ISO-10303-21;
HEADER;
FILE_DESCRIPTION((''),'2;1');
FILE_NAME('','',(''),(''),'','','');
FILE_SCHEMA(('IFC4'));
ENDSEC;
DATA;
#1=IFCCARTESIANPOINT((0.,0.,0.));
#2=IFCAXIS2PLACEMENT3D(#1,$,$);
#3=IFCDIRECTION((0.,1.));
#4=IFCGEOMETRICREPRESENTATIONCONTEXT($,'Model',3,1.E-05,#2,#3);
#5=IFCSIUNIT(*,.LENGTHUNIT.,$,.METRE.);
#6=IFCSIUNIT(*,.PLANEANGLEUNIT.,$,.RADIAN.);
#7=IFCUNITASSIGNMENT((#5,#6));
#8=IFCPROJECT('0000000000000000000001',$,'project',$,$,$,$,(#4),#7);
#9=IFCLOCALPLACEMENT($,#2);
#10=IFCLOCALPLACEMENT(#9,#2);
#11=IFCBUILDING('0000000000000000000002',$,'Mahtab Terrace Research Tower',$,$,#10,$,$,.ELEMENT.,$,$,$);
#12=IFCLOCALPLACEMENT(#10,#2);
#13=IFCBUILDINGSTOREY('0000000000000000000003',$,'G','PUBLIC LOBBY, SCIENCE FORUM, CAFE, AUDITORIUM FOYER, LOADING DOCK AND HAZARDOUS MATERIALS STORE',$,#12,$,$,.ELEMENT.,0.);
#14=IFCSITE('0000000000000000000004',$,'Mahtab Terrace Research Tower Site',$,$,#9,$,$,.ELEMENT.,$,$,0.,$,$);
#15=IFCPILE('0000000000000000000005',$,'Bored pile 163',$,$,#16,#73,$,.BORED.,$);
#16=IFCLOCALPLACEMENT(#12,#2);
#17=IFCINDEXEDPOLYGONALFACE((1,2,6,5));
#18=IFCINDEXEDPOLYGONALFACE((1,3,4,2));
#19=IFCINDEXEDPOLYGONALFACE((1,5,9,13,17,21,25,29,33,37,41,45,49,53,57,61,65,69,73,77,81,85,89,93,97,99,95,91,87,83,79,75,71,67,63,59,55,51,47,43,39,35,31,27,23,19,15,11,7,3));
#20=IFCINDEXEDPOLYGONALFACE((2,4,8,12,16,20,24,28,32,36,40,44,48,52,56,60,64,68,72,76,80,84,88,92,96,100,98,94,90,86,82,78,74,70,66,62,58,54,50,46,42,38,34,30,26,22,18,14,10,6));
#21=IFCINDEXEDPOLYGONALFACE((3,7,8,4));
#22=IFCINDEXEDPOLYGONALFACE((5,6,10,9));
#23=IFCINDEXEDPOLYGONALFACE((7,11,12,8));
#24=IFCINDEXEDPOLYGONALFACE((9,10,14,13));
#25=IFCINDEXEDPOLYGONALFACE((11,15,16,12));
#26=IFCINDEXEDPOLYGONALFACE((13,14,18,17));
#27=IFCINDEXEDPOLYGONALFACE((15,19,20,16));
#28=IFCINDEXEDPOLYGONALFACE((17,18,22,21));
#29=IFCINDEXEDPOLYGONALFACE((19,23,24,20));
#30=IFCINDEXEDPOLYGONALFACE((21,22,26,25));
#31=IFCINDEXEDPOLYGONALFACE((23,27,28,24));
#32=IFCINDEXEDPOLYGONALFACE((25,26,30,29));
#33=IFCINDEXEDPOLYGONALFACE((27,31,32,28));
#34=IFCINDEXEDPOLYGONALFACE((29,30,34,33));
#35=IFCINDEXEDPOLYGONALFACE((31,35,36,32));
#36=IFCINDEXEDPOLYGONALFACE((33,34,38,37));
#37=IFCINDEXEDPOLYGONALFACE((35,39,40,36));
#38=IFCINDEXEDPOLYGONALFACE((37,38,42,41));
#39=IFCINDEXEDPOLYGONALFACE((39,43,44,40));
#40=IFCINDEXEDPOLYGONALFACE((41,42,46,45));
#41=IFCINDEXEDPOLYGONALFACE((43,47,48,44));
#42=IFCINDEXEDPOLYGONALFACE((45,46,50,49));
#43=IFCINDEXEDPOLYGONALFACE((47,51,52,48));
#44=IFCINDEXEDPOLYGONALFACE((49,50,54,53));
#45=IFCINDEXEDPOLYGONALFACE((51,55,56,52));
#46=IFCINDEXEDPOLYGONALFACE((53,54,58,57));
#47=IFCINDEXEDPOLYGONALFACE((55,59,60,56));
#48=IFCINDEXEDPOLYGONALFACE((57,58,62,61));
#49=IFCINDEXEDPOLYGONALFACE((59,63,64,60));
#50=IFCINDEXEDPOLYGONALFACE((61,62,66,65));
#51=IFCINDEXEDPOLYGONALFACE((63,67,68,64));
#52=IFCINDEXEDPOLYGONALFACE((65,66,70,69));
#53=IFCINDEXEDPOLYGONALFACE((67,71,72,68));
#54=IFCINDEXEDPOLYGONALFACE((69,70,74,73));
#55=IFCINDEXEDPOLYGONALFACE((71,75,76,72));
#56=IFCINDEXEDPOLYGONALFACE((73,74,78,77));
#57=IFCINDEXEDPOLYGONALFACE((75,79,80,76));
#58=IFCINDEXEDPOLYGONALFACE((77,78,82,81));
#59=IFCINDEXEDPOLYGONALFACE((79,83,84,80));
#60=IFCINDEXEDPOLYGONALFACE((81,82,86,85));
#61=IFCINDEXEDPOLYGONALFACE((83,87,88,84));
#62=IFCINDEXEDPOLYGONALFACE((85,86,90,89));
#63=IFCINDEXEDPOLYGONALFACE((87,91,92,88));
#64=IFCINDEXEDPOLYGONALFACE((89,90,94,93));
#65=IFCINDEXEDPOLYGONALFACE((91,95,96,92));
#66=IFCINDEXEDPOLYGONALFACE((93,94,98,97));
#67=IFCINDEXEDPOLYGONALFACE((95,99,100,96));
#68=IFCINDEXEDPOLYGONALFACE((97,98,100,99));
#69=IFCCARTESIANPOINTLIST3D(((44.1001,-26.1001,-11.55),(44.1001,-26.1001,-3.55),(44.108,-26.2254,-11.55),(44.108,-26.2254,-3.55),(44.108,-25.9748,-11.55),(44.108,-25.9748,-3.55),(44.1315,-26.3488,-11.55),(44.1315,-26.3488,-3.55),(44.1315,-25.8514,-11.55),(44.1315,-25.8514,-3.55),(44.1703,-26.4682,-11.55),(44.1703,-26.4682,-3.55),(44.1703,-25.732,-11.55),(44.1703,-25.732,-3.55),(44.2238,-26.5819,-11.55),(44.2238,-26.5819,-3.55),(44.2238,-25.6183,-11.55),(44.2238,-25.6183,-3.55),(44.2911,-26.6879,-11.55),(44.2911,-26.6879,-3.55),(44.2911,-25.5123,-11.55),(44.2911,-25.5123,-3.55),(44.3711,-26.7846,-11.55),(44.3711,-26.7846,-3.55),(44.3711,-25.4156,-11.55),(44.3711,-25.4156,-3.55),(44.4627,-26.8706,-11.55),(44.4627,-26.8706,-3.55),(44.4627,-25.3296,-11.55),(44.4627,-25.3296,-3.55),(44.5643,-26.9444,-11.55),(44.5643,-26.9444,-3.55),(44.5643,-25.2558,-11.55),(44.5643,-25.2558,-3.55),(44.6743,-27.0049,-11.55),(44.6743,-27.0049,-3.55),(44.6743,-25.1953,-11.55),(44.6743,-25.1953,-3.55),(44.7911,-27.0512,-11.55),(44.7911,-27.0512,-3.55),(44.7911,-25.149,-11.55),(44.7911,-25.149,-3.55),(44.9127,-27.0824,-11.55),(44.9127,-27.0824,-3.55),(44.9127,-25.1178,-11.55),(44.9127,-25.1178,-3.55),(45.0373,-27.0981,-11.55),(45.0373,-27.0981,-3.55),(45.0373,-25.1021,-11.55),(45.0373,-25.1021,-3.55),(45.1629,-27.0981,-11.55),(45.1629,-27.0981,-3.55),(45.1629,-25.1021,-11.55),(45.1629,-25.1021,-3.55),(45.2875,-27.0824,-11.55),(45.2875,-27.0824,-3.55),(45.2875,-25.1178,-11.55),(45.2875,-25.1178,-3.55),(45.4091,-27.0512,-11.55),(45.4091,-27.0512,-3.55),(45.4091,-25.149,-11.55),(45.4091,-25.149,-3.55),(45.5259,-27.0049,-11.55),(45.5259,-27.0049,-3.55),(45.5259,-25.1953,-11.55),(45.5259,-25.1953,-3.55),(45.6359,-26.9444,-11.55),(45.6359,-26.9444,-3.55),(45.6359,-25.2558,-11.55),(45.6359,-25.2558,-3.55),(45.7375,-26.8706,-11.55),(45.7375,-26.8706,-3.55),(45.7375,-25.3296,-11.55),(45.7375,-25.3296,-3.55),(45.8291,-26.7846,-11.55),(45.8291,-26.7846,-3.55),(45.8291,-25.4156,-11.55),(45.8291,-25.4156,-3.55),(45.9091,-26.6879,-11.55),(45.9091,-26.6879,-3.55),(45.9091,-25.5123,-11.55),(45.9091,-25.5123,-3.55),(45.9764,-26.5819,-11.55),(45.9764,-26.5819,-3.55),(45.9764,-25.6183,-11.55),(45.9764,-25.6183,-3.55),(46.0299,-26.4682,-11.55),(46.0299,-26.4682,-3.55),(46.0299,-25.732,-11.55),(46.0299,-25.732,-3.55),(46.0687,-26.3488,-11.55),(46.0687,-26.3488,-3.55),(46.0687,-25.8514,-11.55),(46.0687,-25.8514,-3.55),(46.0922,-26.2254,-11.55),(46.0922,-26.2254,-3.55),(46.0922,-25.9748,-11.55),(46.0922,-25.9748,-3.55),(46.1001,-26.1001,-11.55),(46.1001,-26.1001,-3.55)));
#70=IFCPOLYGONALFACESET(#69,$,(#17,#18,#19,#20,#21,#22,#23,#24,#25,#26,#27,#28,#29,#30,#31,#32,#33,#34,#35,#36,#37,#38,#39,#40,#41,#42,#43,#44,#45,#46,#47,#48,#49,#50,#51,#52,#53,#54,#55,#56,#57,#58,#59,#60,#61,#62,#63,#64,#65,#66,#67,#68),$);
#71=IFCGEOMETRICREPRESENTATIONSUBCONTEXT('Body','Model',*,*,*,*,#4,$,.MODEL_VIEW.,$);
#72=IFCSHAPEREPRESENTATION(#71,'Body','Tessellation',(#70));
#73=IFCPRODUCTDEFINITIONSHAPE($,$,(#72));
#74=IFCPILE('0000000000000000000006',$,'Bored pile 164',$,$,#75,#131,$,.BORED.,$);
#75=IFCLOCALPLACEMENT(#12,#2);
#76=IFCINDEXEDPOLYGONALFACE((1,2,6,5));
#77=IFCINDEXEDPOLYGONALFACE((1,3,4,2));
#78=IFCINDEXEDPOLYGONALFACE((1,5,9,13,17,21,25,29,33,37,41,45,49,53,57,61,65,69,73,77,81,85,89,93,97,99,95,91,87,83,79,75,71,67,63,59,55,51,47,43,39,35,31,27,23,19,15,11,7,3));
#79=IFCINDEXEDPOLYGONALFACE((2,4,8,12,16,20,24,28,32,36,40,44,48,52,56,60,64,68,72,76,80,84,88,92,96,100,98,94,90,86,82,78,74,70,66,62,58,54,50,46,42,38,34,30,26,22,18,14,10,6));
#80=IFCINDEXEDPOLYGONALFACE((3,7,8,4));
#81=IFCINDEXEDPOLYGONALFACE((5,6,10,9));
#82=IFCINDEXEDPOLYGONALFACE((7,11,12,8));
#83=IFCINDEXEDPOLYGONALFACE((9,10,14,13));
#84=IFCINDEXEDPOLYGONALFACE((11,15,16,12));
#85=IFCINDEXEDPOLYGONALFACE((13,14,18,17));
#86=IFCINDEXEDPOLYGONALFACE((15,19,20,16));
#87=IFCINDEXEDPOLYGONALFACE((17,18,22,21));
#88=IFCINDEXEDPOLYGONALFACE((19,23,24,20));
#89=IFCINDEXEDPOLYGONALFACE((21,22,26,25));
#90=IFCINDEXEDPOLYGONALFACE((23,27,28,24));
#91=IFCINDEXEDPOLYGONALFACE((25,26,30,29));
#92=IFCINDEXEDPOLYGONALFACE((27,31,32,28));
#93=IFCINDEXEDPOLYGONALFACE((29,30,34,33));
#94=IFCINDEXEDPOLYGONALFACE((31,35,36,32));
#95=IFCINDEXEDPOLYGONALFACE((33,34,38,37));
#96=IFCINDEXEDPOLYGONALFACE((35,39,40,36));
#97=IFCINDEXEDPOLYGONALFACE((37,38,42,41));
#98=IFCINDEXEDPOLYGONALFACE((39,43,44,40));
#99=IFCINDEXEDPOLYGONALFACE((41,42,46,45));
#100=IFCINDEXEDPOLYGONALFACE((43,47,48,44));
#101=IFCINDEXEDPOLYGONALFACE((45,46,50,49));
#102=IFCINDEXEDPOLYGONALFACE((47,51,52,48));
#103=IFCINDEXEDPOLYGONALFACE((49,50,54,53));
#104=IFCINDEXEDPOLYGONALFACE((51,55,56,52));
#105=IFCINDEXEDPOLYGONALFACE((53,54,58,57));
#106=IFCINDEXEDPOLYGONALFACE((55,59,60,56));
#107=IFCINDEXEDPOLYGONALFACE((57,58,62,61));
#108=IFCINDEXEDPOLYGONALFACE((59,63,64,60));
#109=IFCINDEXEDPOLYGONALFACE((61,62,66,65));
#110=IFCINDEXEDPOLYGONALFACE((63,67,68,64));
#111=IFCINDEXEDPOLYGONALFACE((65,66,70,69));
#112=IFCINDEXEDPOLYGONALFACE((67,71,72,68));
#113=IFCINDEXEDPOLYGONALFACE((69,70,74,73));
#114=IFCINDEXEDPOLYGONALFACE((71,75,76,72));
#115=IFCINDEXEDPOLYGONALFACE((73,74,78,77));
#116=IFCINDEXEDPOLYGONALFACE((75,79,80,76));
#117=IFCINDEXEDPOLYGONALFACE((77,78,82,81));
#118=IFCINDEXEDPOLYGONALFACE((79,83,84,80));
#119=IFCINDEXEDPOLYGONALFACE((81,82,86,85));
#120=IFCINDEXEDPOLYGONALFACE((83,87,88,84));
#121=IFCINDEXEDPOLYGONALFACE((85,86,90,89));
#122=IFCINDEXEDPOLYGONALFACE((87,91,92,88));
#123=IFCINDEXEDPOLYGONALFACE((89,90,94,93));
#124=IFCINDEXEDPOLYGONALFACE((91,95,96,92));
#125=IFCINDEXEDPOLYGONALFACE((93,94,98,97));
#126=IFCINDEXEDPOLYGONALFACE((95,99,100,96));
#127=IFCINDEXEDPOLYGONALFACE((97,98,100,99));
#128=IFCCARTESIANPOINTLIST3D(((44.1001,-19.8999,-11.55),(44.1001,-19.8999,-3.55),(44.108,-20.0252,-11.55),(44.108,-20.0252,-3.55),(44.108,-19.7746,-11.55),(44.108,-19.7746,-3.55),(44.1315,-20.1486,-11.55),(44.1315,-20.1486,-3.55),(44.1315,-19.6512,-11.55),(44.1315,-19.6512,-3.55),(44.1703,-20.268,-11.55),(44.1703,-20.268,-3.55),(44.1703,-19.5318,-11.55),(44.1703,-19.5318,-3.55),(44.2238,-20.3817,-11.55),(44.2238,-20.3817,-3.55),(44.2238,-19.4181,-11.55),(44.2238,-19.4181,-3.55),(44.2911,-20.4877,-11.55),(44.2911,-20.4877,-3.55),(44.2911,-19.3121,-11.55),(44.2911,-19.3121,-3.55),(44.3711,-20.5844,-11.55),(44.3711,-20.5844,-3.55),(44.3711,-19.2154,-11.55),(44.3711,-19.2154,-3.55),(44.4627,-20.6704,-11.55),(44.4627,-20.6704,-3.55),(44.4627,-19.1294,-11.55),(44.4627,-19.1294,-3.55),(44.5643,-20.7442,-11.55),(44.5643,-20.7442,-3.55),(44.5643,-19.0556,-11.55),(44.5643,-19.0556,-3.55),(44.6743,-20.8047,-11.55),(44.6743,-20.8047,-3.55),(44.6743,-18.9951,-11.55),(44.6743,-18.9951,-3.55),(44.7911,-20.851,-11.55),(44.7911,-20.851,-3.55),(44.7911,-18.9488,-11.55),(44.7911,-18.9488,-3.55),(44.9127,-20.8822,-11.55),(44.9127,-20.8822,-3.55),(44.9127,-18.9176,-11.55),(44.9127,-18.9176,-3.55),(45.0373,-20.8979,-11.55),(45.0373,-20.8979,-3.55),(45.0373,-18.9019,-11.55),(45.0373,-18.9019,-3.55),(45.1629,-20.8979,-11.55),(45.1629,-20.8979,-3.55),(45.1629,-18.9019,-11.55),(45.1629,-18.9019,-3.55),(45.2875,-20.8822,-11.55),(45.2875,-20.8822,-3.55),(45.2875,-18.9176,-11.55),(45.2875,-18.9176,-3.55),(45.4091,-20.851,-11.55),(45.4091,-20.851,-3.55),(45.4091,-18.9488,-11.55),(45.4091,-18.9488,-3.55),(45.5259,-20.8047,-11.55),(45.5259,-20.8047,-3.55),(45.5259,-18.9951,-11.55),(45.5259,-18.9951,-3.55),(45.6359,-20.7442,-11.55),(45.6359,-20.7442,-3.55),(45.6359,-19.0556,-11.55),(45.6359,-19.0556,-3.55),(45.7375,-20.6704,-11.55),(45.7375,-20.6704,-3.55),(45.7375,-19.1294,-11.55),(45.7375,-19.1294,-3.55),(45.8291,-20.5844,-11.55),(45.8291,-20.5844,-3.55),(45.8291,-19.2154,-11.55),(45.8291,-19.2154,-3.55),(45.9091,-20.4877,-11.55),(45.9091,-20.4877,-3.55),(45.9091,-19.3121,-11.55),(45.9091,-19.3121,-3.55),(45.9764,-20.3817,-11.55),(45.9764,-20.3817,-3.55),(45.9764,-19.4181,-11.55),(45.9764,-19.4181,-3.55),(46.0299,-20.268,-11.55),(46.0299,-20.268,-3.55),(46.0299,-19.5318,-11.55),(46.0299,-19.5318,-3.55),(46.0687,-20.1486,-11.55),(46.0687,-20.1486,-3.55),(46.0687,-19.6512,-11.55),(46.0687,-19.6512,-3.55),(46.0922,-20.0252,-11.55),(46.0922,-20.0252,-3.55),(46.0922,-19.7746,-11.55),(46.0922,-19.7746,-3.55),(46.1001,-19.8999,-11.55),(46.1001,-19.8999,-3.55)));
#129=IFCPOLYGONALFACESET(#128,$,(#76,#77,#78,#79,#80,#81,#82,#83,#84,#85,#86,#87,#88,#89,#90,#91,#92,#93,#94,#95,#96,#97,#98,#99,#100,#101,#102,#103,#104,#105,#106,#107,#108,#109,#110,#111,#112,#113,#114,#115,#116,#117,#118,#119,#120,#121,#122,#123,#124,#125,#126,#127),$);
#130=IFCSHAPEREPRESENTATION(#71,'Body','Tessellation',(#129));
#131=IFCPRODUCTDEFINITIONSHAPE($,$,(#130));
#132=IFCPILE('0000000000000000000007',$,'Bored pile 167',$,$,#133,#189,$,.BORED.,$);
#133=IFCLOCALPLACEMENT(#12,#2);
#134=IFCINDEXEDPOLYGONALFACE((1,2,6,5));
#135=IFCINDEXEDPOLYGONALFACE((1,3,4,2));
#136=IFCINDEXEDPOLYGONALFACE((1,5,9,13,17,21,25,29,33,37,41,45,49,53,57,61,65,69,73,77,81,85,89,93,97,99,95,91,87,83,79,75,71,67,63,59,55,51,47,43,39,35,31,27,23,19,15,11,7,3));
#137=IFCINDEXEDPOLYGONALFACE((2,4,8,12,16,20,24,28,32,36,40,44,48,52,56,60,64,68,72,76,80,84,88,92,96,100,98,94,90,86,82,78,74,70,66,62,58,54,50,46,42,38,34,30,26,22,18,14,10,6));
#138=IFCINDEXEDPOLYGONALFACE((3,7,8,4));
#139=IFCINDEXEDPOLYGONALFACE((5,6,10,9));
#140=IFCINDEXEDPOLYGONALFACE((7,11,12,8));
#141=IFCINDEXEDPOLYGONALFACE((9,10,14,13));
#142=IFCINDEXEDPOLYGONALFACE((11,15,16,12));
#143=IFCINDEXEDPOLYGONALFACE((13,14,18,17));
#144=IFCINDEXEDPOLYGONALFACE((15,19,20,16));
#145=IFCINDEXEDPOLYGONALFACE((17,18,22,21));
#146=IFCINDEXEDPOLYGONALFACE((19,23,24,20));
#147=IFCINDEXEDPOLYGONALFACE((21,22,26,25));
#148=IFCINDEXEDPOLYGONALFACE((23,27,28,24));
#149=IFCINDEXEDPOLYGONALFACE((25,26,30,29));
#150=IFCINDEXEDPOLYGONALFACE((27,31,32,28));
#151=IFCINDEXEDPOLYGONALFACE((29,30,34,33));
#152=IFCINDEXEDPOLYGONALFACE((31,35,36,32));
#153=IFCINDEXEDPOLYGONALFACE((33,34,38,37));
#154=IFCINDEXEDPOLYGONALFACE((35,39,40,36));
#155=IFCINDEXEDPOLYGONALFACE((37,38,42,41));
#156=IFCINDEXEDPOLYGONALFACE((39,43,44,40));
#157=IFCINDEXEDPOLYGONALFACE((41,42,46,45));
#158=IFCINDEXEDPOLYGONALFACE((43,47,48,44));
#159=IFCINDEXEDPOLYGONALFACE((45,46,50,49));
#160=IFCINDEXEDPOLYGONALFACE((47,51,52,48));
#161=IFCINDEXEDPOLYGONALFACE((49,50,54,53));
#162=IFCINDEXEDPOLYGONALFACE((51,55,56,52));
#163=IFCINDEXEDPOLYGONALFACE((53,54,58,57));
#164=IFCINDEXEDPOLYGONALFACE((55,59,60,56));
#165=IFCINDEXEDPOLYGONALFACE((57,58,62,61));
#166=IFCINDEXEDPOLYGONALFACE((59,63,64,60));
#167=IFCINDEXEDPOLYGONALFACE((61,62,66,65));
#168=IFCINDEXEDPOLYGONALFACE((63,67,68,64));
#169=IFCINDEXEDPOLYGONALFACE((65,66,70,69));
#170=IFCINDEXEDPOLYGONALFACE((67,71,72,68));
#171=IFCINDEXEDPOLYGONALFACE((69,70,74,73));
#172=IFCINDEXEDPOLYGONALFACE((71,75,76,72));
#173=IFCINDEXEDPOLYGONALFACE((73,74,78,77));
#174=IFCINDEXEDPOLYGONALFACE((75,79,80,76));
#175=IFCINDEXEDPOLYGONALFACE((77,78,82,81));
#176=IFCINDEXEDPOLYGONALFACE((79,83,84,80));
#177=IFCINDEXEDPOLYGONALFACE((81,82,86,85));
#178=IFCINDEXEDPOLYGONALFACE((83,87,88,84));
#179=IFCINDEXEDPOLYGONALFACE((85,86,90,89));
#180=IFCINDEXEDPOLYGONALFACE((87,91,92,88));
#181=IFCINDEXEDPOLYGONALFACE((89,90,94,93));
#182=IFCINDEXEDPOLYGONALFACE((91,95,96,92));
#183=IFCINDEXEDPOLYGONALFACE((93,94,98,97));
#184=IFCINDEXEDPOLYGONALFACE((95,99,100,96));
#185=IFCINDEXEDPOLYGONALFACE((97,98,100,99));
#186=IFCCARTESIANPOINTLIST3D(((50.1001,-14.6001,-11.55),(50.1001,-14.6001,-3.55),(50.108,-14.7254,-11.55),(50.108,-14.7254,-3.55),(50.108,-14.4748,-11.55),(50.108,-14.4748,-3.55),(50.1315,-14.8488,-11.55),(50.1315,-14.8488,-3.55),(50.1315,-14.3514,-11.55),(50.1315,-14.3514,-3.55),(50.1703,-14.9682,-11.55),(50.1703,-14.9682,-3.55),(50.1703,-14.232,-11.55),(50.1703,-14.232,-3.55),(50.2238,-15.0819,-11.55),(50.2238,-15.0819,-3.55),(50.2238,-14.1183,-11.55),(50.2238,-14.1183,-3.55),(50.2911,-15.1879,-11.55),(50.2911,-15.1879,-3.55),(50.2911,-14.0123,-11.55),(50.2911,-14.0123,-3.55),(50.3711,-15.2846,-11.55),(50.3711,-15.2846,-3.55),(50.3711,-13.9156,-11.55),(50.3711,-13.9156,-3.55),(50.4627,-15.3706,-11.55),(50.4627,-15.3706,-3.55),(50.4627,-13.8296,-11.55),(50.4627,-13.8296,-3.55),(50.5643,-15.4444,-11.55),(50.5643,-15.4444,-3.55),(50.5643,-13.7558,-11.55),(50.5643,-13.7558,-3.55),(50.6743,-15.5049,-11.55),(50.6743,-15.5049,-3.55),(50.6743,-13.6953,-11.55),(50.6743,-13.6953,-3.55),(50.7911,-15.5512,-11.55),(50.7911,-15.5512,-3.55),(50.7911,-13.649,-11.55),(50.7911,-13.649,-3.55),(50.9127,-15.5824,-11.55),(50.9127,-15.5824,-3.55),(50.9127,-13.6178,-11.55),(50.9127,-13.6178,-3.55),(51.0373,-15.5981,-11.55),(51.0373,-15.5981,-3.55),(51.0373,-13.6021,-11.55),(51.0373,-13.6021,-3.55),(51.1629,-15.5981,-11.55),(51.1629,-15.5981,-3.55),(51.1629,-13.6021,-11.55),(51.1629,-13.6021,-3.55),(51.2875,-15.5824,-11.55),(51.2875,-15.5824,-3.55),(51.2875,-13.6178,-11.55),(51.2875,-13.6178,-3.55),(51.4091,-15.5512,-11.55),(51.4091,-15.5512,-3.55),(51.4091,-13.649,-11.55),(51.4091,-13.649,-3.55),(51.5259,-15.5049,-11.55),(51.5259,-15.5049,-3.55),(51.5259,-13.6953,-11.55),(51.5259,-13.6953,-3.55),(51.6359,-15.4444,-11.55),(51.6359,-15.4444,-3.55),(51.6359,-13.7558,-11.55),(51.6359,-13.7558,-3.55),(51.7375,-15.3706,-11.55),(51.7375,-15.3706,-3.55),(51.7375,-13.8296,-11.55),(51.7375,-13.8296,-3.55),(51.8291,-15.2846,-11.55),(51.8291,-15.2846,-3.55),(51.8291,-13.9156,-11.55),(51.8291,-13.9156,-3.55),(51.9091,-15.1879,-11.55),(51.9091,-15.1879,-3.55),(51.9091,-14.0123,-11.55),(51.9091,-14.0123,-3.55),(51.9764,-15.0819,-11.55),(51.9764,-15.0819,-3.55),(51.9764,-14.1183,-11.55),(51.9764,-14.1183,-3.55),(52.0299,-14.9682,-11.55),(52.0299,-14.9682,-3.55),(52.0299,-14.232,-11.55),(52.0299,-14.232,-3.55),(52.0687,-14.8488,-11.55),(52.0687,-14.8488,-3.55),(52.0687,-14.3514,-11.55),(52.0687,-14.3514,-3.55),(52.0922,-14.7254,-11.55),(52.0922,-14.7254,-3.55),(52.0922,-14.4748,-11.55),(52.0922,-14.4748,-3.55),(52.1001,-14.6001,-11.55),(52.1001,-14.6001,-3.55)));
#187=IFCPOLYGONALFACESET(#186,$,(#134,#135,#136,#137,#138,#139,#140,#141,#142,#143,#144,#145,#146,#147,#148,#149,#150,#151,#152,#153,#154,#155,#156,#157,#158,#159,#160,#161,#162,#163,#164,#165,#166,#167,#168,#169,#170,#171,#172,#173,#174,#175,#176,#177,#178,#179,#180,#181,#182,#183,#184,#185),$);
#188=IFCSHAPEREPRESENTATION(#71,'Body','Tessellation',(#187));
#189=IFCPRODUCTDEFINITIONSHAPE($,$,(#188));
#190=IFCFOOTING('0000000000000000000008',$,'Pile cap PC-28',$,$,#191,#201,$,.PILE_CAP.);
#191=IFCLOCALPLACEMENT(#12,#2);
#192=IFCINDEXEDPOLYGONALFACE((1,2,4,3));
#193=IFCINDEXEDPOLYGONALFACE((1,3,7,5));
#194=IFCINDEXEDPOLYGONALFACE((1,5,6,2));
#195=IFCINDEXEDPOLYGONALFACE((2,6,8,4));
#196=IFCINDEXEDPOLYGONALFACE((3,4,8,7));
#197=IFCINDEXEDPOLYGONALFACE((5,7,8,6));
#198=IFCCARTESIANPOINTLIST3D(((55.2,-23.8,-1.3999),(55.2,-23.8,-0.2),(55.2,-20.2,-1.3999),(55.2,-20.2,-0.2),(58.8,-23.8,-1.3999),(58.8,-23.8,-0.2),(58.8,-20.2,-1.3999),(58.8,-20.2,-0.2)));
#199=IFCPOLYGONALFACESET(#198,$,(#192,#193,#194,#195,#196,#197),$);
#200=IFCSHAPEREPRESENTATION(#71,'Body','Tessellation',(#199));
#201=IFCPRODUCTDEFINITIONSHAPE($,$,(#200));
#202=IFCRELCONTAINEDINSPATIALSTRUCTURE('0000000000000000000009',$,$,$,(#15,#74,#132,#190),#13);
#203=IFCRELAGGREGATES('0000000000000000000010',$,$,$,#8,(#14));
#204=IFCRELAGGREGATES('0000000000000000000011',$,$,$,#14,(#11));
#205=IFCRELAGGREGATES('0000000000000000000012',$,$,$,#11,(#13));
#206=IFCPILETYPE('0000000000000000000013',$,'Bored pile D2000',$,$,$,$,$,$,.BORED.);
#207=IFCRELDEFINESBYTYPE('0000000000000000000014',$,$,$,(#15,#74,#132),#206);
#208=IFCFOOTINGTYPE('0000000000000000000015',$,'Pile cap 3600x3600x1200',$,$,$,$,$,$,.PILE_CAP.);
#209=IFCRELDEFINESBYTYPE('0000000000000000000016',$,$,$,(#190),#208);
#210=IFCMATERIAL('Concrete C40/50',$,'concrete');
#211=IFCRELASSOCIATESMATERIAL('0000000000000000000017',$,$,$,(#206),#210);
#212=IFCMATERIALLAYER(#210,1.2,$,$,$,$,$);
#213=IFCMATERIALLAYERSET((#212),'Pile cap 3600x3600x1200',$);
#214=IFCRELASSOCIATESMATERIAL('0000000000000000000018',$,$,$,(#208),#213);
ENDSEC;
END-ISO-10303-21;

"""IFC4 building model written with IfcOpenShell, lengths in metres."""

from ifc_helpers import new_model, si_unit, direction, frame, origin, origin_2d, place, context, subcontext, project, spatial, rectangle, circle, extrude, material, layer, layer_set, material_profile, profile_set, type_object, element, save


model = new_model("IFC4")

# Units and contexts
model_context = context("Model", 3, precision=1e-05, world=origin(), true_north=direction((0.0, 1.0)))
body_context = subcontext(model_context, "Body", "Model", "MODEL_VIEW")
ifc_project = project(units=[si_unit("LENGTHUNIT", "METRE"), si_unit("PLANEANGLEUNIT", "RADIAN")], contexts=[model_context])

# Site, building, storey
site_placement = place(None, origin())
site = spatial("IfcSite", under=ifc_project, at=site_placement, Name="Mahtab Terrace Research Tower Site", CompositionType="ELEMENT", RefElevation=0.0)
building_placement = place(site_placement, origin())
building = spatial("IfcBuilding", under=site, at=building_placement, Name="Mahtab Terrace Research Tower", CompositionType="ELEMENT")
storey_placement = place(building_placement, origin())
storey = spatial("IfcBuildingStorey", under=building, at=storey_placement, Name="G", Description="PUBLIC LOBBY, SCIENCE FORUM, CAFE, AUDITORIUM FOYER, LOADING DOCK AND HAZARDOUS MATERIALS STORE", CompositionType="ELEMENT", Elevation=0.0)

# Piles
ifc_material_1 = material(Name="Concrete C40/50", Category="concrete")
ifc_material_profile_1 = material_profile(ifc_material_1, circle(Radius=1.0, at=origin_2d()), Name="Bored pile D2000")
ifc_profile_set_1 = profile_set([ifc_material_profile_1], Name="Concrete C40/50")
pile_type_1 = type_object("IfcPileType", Name="Bored pile D2000", PredefinedType="BORED", material=ifc_profile_set_1)
for number, where, z_axis, x_axis, name in (
    (1, (45.1001, -26.1001, -3.55), (0.0, 0.0, -1.0), (1.0, 0.0, 0.0), "Bored pile 163"),
    (2, (45.1001, -19.8999, -3.55), (0.0, 0.0, -1.0), (1.0, 0.0, 0.0), "Bored pile 164"),
    (3, (51.1001, -14.6001, -3.55), (0.0, 0.0, -1.0), (1.0, 0.0, 0.0), "Bored pile 167"),
):
    element("IfcPile", number, at=place(storey_placement, frame(where, z_axis=z_axis, x_axis=x_axis)), inside=storey, type_object=pile_type_1, Name=name, PredefinedType="BORED", context=body_context, shape_type="SweptSolid", body=[
        extrude(circle(Radius=1.0, at=origin_2d()), origin(), (0.0, 0.0, 1.0), 8.0),
    ])

# Footing
ifc_layer_1 = layer(ifc_material_1, 1.2)
ifc_layer_set_1 = layer_set([ifc_layer_1], Name="Pile cap 3600x3600x1200")
footing_type = type_object("IfcFootingType", Name="Pile cap 3600x3600x1200", PredefinedType="PILE_CAP", material=ifc_layer_set_1)
footing_placement = place(storey_placement, frame((57.0, -22.0, -1.3999), z_axis=(0.0, 0.0, 1.0), x_axis=(1.0, 0.0, 0.0)))
element("IfcFooting", 4, at=footing_placement, inside=storey, type_object=footing_type, Name="Pile cap PC-28", PredefinedType="PILE_CAP", context=body_context, shape_type="SweptSolid", body=[
    extrude(rectangle(XDim=3.6001, YDim=3.6001, at=origin_2d()), origin(), (0.0, 0.0, 1.0), 1.2),
])

save(model, "model.ifc")
